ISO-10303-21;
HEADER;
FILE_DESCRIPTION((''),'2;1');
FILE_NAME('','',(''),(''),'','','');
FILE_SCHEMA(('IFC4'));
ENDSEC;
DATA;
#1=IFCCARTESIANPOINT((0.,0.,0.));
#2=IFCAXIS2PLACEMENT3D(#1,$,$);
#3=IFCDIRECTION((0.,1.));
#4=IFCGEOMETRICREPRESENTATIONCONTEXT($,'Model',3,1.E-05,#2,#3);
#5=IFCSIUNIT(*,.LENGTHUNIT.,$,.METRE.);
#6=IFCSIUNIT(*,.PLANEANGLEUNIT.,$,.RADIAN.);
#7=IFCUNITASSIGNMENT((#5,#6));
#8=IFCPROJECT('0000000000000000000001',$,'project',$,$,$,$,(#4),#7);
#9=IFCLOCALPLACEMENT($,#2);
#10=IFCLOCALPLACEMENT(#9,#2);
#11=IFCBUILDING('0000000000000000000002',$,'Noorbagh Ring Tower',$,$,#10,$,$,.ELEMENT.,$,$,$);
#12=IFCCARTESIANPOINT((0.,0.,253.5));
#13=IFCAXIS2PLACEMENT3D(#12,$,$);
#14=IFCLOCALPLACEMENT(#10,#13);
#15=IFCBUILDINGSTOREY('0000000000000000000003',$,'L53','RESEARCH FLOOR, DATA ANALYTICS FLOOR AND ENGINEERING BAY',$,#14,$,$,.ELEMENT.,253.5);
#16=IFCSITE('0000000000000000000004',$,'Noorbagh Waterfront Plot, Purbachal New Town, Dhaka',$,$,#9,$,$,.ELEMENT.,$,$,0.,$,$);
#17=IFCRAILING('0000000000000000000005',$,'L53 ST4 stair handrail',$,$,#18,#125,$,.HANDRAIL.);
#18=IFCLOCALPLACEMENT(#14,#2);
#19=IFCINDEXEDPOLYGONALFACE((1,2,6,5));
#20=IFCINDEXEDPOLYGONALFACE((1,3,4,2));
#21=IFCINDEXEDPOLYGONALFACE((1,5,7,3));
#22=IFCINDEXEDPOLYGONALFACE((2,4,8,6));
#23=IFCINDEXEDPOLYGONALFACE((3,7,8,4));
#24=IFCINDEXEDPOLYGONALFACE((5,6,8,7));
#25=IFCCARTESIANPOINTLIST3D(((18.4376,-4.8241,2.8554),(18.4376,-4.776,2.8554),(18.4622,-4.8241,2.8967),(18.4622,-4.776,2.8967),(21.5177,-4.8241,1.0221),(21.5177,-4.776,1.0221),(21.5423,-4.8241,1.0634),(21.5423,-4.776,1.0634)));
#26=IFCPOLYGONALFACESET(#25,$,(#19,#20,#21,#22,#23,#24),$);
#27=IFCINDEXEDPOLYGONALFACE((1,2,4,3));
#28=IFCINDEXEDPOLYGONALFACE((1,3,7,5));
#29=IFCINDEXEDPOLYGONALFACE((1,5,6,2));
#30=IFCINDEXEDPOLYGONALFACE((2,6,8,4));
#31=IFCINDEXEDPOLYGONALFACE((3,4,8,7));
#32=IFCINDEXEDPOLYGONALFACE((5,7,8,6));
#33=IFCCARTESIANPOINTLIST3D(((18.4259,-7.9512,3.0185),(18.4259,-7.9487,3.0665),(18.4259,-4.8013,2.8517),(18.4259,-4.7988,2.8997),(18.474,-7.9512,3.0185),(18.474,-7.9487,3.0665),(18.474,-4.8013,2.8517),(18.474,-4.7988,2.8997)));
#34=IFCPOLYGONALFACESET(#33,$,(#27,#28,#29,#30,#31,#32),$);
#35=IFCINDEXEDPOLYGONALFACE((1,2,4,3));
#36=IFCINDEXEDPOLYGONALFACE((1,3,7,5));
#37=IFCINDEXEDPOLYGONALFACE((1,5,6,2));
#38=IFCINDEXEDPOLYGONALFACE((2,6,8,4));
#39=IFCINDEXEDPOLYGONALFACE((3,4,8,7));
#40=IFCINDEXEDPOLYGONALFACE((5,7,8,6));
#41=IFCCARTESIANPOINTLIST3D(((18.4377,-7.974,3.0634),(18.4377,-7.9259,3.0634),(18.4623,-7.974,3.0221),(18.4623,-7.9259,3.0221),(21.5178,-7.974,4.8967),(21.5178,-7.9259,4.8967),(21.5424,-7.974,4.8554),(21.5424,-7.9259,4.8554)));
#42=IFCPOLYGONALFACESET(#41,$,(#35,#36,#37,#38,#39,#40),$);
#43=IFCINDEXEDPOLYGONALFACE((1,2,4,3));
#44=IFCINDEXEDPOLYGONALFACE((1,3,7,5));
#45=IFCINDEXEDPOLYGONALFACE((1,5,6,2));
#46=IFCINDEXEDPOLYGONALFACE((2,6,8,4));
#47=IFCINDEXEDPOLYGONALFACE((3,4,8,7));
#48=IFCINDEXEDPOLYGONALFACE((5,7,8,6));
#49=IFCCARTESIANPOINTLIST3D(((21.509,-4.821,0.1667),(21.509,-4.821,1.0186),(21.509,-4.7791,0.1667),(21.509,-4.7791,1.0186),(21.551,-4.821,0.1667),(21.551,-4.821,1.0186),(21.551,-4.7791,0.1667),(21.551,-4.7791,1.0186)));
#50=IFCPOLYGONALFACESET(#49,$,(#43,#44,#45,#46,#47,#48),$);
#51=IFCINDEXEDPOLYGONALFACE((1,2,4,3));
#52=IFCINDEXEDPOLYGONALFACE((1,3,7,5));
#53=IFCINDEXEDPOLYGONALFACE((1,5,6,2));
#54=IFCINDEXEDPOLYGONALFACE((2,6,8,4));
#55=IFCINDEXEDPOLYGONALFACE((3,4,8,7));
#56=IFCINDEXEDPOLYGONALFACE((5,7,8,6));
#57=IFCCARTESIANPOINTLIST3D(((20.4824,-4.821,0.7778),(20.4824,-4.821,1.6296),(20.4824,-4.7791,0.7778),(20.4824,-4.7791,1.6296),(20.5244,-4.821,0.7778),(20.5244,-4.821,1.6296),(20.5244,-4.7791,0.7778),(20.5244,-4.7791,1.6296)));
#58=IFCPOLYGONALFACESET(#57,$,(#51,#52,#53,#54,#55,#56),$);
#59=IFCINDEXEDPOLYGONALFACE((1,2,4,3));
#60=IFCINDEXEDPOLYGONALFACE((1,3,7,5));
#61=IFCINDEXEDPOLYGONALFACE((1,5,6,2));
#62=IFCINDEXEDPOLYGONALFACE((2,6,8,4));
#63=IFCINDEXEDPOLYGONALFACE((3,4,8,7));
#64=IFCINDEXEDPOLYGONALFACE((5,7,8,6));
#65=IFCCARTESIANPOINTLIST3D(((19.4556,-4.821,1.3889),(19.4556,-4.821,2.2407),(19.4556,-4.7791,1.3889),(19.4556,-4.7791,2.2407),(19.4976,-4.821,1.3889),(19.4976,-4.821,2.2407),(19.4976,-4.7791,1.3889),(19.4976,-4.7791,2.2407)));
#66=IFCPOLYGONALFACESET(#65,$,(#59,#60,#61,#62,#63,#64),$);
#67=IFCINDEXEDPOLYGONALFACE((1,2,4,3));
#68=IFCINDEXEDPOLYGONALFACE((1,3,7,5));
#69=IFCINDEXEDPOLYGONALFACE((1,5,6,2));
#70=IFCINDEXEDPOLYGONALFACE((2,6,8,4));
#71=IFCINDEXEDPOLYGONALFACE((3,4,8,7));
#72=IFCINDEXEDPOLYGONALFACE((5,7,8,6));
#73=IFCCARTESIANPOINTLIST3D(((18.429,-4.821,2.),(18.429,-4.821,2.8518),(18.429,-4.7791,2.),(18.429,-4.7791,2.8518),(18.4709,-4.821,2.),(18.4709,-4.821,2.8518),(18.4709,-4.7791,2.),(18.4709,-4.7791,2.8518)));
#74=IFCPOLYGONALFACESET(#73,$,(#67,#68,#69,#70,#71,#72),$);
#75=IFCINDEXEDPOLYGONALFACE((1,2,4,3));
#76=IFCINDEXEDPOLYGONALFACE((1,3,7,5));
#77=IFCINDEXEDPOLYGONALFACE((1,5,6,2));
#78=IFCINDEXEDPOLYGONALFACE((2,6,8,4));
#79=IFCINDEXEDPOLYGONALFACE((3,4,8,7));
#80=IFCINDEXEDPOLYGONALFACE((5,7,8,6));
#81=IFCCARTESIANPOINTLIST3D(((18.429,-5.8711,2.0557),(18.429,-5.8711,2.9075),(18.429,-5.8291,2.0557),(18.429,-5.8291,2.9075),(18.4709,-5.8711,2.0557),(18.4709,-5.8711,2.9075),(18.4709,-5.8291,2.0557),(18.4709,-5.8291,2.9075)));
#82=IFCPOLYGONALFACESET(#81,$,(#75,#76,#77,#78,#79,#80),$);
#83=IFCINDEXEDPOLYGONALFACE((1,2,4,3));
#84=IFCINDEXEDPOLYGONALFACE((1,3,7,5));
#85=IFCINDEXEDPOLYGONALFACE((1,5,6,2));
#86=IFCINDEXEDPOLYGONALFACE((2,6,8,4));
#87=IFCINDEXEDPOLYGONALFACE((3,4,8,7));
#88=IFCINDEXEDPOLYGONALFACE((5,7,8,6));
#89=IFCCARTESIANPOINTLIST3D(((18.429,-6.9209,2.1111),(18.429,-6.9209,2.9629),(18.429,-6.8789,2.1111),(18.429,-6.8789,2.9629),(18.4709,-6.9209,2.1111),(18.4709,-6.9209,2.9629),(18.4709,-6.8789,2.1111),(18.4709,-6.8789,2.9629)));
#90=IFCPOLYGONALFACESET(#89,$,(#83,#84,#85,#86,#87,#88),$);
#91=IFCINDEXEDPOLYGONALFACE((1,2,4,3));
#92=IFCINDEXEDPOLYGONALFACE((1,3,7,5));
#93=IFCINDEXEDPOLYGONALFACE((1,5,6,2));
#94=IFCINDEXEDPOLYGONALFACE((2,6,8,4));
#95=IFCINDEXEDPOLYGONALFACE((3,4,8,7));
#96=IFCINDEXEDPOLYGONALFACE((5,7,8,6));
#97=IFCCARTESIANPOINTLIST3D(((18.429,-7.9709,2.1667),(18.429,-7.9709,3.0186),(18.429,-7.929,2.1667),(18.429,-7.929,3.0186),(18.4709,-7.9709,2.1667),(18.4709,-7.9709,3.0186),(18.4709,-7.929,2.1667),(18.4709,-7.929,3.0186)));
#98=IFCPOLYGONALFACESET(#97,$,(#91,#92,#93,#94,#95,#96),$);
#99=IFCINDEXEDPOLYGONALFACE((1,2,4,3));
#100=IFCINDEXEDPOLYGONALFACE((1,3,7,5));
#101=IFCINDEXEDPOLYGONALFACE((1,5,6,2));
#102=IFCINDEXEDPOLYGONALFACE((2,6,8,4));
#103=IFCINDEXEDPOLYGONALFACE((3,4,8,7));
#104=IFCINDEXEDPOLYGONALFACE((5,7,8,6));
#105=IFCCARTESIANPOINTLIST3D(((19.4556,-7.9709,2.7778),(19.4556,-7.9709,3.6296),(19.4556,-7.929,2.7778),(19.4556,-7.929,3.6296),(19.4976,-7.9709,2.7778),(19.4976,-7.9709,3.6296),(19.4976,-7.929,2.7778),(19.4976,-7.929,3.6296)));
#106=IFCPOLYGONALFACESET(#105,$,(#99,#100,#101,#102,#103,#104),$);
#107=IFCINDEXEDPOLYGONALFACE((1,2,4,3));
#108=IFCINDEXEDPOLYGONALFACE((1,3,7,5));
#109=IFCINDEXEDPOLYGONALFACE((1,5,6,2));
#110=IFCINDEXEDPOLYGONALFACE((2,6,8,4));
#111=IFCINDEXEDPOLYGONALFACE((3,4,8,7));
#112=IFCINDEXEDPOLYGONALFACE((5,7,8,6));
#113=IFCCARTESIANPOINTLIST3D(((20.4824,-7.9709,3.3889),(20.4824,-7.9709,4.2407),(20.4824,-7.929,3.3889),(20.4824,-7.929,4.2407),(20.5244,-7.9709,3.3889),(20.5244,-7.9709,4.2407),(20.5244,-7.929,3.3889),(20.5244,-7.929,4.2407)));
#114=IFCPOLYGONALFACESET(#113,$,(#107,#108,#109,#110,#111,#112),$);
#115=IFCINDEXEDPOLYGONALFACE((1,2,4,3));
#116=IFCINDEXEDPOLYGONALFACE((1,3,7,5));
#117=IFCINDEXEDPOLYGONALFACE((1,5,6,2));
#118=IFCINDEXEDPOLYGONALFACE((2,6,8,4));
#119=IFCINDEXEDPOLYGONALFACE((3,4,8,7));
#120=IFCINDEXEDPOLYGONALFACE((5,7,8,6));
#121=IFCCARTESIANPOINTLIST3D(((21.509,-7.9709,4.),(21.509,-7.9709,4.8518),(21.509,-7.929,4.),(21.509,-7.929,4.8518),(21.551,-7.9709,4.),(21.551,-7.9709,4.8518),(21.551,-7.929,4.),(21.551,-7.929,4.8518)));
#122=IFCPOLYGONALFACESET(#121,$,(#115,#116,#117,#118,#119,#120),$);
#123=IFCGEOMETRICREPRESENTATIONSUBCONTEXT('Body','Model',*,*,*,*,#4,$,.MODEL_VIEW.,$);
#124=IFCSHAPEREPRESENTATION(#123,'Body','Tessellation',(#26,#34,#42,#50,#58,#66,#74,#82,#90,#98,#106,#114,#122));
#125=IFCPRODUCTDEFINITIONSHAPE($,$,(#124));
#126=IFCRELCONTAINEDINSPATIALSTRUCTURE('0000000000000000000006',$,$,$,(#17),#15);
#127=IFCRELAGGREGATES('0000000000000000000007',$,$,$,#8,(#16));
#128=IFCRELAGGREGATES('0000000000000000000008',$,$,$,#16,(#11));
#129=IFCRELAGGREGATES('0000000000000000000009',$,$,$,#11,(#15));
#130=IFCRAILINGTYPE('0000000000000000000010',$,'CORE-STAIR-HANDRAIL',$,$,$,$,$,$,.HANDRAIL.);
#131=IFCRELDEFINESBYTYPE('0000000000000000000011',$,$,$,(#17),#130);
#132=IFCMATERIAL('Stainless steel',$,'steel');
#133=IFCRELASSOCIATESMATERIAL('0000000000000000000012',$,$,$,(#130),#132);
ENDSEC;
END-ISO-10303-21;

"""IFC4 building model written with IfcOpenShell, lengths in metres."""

from ifc_helpers import new_model, si_unit, direction, frame, origin, origin_2d, place, context, subcontext, project, spatial, rectangle, extrude, material, type_object, element, save


model = new_model("IFC4")

# Units and contexts
model_context = context("Model", 3, precision=1e-05, world=origin(), true_north=direction((0.0, 1.0)))
body_context = subcontext(model_context, "Body", "Model", "MODEL_VIEW")
ifc_project = project(units=[si_unit("LENGTHUNIT", "METRE"), si_unit("PLANEANGLEUNIT", "RADIAN")], contexts=[model_context])

# Site, building, storey
site_placement = place(None, origin())
site = spatial("IfcSite", under=ifc_project, at=site_placement, Name="Noorbagh Waterfront Plot, Purbachal New Town, Dhaka", CompositionType="ELEMENT", RefElevation=0.0)
building_placement = place(site_placement, origin())
building = spatial("IfcBuilding", under=site, at=building_placement, Name="Noorbagh Ring Tower", CompositionType="ELEMENT")
storey_placement = place(building_placement, frame((0.0, 0.0, 253.5)))
storey = spatial("IfcBuildingStorey", under=building, at=storey_placement, Name="L53", Description="RESEARCH FLOOR, DATA ANALYTICS FLOOR AND ENGINEERING BAY", CompositionType="ELEMENT", Elevation=253.5)

# Railing
ifc_material_1 = material(Name="Stainless steel", Category="steel")
railing_type_1 = type_object("IfcRailingType", Name="CORE-STAIR-HANDRAIL", PredefinedType="HANDRAIL", material=ifc_material_1)
railing_1_placement = place(storey_placement, frame((21.53, -4.8, 0.1667)))
element("IfcRailing", 1, at=railing_1_placement, inside=storey, type_object=railing_type_1, Name="L53 ST4 stair handrail", PredefinedType="HANDRAIL", context=body_context, shape_type="SweptSolid", body=[
    extrude(rectangle(XDim=0.0481, YDim=0.0481, at=origin_2d()), frame((0.0, 0.0, 0.876), z_axis=(-0.859309, 0.0, 0.511458), x_axis=(0.0, -1.0, 0.0)), (0.0, 0.0, 1.0), 3.5845),
    extrude(rectangle(XDim=0.0481, YDim=0.0481, at=origin_2d()), frame((-3.0801, 0.0, 2.709), z_axis=(0.0, -0.998602, 0.052864), x_axis=(1.0, 0.0, 0.0)), (0.0, 0.0, 1.0), 3.1543),
    extrude(rectangle(XDim=0.0481, YDim=0.0481, at=origin_2d()), frame((-3.0801, -3.1499, 2.876), z_axis=(0.859309, 0.0, 0.511458), x_axis=(0.0, 1.0, 0.0)), (0.0, 0.0, 1.0), 3.5845),
    extrude(rectangle(XDim=0.042, YDim=0.042, at=origin_2d()), origin(), (0.0, 0.0, 1.0), 0.8518),
    extrude(rectangle(XDim=0.042, YDim=0.042, at=origin_2d()), frame((-1.0266, 0.0, 0.6111)), (0.0, 0.0, 1.0), 0.8518),
    extrude(rectangle(XDim=0.042, YDim=0.042, at=origin_2d()), frame((-2.0535, 0.0, 1.2222)), (0.0, 0.0, 1.0), 0.8518),
    extrude(rectangle(XDim=0.042, YDim=0.042, at=origin_2d()), frame((-3.0801, 0.0, 1.8333)), (0.0, 0.0, 1.0), 0.8518),
    extrude(rectangle(XDim=0.042, YDim=0.042, at=origin_2d()), frame((-3.0801, -1.05, 1.8889)), (0.0, 0.0, 1.0), 0.8518),
    extrude(rectangle(XDim=0.042, YDim=0.042, at=origin_2d()), frame((-3.0801, -2.0999, 1.9443)), (0.0, 0.0, 1.0), 0.8518),
    extrude(rectangle(XDim=0.042, YDim=0.042, at=origin_2d()), frame((-3.0801, -3.1499, 2.0)), (0.0, 0.0, 1.0), 0.8518),
    extrude(rectangle(XDim=0.042, YDim=0.042, at=origin_2d()), frame((-2.0535, -3.1499, 2.6111)), (0.0, 0.0, 1.0), 0.8518),
    extrude(rectangle(XDim=0.042, YDim=0.042, at=origin_2d()), frame((-1.0266, -3.1499, 3.2222)), (0.0, 0.0, 1.0), 0.8518),
    extrude(rectangle(XDim=0.042, YDim=0.042, at=origin_2d()), frame((0.0, -3.1499, 3.8333)), (0.0, 0.0, 1.0), 0.8518),
])

save(model, "model.ifc")
